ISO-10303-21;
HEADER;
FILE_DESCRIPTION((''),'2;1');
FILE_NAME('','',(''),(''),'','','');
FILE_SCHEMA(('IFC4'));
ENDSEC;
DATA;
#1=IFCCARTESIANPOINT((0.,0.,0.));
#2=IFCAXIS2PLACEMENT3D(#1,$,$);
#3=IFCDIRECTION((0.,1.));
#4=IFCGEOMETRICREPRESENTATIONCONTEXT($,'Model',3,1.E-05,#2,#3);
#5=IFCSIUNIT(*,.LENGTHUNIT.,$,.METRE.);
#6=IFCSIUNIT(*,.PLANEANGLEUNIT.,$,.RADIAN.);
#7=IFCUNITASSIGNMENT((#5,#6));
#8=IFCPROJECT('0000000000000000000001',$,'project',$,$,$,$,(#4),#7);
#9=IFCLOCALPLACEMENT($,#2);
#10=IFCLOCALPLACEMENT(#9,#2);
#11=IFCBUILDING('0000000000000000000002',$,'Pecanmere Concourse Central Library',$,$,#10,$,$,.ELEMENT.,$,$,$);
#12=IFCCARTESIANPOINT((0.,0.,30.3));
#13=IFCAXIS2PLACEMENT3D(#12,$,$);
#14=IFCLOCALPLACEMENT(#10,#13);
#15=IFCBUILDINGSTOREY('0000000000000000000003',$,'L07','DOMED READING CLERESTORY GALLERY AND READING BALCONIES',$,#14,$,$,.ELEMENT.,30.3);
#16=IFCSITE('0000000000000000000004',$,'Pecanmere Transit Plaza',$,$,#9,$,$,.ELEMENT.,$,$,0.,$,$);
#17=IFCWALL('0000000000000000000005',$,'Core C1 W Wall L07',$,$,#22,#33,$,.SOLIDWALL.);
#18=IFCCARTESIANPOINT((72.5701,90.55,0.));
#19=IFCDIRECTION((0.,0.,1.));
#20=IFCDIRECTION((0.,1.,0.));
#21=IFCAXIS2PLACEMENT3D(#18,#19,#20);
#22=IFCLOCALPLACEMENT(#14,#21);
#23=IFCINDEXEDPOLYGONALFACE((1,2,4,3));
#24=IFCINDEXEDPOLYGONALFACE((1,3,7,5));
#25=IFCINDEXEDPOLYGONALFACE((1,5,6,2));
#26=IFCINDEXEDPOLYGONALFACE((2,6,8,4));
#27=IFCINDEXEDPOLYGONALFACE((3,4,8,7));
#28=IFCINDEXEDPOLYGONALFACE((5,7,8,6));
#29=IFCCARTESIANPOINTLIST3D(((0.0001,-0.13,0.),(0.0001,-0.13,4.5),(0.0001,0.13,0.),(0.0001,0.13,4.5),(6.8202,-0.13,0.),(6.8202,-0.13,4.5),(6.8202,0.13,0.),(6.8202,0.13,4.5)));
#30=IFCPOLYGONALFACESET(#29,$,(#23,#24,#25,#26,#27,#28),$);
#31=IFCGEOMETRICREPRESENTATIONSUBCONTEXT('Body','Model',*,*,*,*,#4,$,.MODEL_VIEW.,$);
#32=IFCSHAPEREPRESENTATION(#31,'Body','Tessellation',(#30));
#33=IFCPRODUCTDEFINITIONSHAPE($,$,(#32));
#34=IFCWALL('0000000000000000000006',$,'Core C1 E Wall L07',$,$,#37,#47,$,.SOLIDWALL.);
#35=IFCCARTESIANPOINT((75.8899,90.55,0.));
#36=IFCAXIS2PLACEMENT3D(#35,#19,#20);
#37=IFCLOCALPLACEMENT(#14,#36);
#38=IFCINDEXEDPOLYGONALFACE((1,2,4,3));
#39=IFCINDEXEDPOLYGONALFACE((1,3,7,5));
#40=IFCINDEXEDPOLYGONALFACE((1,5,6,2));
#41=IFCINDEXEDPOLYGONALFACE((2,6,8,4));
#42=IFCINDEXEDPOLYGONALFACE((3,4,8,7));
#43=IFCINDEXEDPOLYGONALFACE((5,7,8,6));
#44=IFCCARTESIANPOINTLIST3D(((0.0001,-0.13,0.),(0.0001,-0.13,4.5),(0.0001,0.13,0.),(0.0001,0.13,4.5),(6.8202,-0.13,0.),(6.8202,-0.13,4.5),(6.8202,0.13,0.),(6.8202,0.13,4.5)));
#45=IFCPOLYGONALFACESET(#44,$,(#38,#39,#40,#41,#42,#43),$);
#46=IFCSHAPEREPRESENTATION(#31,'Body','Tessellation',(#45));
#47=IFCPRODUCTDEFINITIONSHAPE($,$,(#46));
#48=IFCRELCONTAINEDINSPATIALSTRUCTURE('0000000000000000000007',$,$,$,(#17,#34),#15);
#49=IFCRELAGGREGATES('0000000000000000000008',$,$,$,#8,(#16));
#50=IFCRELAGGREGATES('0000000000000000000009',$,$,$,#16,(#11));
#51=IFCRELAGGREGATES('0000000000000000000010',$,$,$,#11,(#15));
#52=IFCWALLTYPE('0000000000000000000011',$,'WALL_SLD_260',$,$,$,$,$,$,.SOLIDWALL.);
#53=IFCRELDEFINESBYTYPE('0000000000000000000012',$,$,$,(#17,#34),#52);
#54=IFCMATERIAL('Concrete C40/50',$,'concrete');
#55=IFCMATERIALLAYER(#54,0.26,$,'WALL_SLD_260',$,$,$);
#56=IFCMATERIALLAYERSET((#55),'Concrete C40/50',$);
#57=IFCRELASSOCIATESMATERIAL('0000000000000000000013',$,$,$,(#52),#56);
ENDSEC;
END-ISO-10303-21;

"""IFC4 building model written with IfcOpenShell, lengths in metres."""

from ifc_helpers import new_model, si_unit, direction, frame, frame_2d, origin, place, context, subcontext, project, spatial, rectangle, extrude, material, layer, layer_set, type_object, element, save


model = new_model("IFC4")

# Units and contexts
model_context = context("Model", 3, precision=1e-05, world=origin(), true_north=direction((0.0, 1.0)))
body_context = subcontext(model_context, "Body", "Model", "MODEL_VIEW")
ifc_project = project(units=[si_unit("LENGTHUNIT", "METRE"), si_unit("PLANEANGLEUNIT", "RADIAN")], contexts=[model_context])

# Site, building, storey
site_placement = place(None, origin())
site = spatial("IfcSite", under=ifc_project, at=site_placement, Name="Pecanmere Transit Plaza", CompositionType="ELEMENT", RefElevation=0.0)
building_placement = place(site_placement, origin())
building = spatial("IfcBuilding", under=site, at=building_placement, Name="Pecanmere Concourse Central Library", CompositionType="ELEMENT")
storey_placement = place(building_placement, frame((0.0, 0.0, 30.3)))
storey = spatial("IfcBuildingStorey", under=building, at=storey_placement, Name="L07", Description="DOMED READING CLERESTORY GALLERY AND READING BALCONIES", CompositionType="ELEMENT", Elevation=30.3)

# Walls
ifc_material_1 = material(Name="Concrete C40/50", Category="concrete")
ifc_layer_1 = layer(ifc_material_1, 0.26, Name="WALL_SLD_260")
ifc_layer_set_1 = layer_set([ifc_layer_1], Name="Concrete C40/50")
wall_type_1 = type_object("IfcWallType", Name="WALL_SLD_260", PredefinedType="SOLIDWALL", material=ifc_layer_set_1)
for number, where, z_axis, x_axis, name in (
    (1, (72.5701, 90.55, 0.0), (0.0, 0.0, 1.0), (0.0, 1.0, 0.0), "Core C1 W Wall L07"),
    (2, (75.8899, 90.55, 0.0), (0.0, 0.0, 1.0), (0.0, 1.0, 0.0), "Core C1 E Wall L07"),
):
    element("IfcWall", number, at=place(storey_placement, frame(where, z_axis=z_axis, x_axis=x_axis)), inside=storey, type_object=wall_type_1, Name=name, PredefinedType="SOLIDWALL", context=body_context, shape_type="SweptSolid", body=[
        extrude(rectangle(XDim=6.8201, YDim=0.26, at=frame_2d((3.4102, 0.0))), origin(), (0.0, 0.0, 1.0), 4.5),
    ])

save(model, "model.ifc")
